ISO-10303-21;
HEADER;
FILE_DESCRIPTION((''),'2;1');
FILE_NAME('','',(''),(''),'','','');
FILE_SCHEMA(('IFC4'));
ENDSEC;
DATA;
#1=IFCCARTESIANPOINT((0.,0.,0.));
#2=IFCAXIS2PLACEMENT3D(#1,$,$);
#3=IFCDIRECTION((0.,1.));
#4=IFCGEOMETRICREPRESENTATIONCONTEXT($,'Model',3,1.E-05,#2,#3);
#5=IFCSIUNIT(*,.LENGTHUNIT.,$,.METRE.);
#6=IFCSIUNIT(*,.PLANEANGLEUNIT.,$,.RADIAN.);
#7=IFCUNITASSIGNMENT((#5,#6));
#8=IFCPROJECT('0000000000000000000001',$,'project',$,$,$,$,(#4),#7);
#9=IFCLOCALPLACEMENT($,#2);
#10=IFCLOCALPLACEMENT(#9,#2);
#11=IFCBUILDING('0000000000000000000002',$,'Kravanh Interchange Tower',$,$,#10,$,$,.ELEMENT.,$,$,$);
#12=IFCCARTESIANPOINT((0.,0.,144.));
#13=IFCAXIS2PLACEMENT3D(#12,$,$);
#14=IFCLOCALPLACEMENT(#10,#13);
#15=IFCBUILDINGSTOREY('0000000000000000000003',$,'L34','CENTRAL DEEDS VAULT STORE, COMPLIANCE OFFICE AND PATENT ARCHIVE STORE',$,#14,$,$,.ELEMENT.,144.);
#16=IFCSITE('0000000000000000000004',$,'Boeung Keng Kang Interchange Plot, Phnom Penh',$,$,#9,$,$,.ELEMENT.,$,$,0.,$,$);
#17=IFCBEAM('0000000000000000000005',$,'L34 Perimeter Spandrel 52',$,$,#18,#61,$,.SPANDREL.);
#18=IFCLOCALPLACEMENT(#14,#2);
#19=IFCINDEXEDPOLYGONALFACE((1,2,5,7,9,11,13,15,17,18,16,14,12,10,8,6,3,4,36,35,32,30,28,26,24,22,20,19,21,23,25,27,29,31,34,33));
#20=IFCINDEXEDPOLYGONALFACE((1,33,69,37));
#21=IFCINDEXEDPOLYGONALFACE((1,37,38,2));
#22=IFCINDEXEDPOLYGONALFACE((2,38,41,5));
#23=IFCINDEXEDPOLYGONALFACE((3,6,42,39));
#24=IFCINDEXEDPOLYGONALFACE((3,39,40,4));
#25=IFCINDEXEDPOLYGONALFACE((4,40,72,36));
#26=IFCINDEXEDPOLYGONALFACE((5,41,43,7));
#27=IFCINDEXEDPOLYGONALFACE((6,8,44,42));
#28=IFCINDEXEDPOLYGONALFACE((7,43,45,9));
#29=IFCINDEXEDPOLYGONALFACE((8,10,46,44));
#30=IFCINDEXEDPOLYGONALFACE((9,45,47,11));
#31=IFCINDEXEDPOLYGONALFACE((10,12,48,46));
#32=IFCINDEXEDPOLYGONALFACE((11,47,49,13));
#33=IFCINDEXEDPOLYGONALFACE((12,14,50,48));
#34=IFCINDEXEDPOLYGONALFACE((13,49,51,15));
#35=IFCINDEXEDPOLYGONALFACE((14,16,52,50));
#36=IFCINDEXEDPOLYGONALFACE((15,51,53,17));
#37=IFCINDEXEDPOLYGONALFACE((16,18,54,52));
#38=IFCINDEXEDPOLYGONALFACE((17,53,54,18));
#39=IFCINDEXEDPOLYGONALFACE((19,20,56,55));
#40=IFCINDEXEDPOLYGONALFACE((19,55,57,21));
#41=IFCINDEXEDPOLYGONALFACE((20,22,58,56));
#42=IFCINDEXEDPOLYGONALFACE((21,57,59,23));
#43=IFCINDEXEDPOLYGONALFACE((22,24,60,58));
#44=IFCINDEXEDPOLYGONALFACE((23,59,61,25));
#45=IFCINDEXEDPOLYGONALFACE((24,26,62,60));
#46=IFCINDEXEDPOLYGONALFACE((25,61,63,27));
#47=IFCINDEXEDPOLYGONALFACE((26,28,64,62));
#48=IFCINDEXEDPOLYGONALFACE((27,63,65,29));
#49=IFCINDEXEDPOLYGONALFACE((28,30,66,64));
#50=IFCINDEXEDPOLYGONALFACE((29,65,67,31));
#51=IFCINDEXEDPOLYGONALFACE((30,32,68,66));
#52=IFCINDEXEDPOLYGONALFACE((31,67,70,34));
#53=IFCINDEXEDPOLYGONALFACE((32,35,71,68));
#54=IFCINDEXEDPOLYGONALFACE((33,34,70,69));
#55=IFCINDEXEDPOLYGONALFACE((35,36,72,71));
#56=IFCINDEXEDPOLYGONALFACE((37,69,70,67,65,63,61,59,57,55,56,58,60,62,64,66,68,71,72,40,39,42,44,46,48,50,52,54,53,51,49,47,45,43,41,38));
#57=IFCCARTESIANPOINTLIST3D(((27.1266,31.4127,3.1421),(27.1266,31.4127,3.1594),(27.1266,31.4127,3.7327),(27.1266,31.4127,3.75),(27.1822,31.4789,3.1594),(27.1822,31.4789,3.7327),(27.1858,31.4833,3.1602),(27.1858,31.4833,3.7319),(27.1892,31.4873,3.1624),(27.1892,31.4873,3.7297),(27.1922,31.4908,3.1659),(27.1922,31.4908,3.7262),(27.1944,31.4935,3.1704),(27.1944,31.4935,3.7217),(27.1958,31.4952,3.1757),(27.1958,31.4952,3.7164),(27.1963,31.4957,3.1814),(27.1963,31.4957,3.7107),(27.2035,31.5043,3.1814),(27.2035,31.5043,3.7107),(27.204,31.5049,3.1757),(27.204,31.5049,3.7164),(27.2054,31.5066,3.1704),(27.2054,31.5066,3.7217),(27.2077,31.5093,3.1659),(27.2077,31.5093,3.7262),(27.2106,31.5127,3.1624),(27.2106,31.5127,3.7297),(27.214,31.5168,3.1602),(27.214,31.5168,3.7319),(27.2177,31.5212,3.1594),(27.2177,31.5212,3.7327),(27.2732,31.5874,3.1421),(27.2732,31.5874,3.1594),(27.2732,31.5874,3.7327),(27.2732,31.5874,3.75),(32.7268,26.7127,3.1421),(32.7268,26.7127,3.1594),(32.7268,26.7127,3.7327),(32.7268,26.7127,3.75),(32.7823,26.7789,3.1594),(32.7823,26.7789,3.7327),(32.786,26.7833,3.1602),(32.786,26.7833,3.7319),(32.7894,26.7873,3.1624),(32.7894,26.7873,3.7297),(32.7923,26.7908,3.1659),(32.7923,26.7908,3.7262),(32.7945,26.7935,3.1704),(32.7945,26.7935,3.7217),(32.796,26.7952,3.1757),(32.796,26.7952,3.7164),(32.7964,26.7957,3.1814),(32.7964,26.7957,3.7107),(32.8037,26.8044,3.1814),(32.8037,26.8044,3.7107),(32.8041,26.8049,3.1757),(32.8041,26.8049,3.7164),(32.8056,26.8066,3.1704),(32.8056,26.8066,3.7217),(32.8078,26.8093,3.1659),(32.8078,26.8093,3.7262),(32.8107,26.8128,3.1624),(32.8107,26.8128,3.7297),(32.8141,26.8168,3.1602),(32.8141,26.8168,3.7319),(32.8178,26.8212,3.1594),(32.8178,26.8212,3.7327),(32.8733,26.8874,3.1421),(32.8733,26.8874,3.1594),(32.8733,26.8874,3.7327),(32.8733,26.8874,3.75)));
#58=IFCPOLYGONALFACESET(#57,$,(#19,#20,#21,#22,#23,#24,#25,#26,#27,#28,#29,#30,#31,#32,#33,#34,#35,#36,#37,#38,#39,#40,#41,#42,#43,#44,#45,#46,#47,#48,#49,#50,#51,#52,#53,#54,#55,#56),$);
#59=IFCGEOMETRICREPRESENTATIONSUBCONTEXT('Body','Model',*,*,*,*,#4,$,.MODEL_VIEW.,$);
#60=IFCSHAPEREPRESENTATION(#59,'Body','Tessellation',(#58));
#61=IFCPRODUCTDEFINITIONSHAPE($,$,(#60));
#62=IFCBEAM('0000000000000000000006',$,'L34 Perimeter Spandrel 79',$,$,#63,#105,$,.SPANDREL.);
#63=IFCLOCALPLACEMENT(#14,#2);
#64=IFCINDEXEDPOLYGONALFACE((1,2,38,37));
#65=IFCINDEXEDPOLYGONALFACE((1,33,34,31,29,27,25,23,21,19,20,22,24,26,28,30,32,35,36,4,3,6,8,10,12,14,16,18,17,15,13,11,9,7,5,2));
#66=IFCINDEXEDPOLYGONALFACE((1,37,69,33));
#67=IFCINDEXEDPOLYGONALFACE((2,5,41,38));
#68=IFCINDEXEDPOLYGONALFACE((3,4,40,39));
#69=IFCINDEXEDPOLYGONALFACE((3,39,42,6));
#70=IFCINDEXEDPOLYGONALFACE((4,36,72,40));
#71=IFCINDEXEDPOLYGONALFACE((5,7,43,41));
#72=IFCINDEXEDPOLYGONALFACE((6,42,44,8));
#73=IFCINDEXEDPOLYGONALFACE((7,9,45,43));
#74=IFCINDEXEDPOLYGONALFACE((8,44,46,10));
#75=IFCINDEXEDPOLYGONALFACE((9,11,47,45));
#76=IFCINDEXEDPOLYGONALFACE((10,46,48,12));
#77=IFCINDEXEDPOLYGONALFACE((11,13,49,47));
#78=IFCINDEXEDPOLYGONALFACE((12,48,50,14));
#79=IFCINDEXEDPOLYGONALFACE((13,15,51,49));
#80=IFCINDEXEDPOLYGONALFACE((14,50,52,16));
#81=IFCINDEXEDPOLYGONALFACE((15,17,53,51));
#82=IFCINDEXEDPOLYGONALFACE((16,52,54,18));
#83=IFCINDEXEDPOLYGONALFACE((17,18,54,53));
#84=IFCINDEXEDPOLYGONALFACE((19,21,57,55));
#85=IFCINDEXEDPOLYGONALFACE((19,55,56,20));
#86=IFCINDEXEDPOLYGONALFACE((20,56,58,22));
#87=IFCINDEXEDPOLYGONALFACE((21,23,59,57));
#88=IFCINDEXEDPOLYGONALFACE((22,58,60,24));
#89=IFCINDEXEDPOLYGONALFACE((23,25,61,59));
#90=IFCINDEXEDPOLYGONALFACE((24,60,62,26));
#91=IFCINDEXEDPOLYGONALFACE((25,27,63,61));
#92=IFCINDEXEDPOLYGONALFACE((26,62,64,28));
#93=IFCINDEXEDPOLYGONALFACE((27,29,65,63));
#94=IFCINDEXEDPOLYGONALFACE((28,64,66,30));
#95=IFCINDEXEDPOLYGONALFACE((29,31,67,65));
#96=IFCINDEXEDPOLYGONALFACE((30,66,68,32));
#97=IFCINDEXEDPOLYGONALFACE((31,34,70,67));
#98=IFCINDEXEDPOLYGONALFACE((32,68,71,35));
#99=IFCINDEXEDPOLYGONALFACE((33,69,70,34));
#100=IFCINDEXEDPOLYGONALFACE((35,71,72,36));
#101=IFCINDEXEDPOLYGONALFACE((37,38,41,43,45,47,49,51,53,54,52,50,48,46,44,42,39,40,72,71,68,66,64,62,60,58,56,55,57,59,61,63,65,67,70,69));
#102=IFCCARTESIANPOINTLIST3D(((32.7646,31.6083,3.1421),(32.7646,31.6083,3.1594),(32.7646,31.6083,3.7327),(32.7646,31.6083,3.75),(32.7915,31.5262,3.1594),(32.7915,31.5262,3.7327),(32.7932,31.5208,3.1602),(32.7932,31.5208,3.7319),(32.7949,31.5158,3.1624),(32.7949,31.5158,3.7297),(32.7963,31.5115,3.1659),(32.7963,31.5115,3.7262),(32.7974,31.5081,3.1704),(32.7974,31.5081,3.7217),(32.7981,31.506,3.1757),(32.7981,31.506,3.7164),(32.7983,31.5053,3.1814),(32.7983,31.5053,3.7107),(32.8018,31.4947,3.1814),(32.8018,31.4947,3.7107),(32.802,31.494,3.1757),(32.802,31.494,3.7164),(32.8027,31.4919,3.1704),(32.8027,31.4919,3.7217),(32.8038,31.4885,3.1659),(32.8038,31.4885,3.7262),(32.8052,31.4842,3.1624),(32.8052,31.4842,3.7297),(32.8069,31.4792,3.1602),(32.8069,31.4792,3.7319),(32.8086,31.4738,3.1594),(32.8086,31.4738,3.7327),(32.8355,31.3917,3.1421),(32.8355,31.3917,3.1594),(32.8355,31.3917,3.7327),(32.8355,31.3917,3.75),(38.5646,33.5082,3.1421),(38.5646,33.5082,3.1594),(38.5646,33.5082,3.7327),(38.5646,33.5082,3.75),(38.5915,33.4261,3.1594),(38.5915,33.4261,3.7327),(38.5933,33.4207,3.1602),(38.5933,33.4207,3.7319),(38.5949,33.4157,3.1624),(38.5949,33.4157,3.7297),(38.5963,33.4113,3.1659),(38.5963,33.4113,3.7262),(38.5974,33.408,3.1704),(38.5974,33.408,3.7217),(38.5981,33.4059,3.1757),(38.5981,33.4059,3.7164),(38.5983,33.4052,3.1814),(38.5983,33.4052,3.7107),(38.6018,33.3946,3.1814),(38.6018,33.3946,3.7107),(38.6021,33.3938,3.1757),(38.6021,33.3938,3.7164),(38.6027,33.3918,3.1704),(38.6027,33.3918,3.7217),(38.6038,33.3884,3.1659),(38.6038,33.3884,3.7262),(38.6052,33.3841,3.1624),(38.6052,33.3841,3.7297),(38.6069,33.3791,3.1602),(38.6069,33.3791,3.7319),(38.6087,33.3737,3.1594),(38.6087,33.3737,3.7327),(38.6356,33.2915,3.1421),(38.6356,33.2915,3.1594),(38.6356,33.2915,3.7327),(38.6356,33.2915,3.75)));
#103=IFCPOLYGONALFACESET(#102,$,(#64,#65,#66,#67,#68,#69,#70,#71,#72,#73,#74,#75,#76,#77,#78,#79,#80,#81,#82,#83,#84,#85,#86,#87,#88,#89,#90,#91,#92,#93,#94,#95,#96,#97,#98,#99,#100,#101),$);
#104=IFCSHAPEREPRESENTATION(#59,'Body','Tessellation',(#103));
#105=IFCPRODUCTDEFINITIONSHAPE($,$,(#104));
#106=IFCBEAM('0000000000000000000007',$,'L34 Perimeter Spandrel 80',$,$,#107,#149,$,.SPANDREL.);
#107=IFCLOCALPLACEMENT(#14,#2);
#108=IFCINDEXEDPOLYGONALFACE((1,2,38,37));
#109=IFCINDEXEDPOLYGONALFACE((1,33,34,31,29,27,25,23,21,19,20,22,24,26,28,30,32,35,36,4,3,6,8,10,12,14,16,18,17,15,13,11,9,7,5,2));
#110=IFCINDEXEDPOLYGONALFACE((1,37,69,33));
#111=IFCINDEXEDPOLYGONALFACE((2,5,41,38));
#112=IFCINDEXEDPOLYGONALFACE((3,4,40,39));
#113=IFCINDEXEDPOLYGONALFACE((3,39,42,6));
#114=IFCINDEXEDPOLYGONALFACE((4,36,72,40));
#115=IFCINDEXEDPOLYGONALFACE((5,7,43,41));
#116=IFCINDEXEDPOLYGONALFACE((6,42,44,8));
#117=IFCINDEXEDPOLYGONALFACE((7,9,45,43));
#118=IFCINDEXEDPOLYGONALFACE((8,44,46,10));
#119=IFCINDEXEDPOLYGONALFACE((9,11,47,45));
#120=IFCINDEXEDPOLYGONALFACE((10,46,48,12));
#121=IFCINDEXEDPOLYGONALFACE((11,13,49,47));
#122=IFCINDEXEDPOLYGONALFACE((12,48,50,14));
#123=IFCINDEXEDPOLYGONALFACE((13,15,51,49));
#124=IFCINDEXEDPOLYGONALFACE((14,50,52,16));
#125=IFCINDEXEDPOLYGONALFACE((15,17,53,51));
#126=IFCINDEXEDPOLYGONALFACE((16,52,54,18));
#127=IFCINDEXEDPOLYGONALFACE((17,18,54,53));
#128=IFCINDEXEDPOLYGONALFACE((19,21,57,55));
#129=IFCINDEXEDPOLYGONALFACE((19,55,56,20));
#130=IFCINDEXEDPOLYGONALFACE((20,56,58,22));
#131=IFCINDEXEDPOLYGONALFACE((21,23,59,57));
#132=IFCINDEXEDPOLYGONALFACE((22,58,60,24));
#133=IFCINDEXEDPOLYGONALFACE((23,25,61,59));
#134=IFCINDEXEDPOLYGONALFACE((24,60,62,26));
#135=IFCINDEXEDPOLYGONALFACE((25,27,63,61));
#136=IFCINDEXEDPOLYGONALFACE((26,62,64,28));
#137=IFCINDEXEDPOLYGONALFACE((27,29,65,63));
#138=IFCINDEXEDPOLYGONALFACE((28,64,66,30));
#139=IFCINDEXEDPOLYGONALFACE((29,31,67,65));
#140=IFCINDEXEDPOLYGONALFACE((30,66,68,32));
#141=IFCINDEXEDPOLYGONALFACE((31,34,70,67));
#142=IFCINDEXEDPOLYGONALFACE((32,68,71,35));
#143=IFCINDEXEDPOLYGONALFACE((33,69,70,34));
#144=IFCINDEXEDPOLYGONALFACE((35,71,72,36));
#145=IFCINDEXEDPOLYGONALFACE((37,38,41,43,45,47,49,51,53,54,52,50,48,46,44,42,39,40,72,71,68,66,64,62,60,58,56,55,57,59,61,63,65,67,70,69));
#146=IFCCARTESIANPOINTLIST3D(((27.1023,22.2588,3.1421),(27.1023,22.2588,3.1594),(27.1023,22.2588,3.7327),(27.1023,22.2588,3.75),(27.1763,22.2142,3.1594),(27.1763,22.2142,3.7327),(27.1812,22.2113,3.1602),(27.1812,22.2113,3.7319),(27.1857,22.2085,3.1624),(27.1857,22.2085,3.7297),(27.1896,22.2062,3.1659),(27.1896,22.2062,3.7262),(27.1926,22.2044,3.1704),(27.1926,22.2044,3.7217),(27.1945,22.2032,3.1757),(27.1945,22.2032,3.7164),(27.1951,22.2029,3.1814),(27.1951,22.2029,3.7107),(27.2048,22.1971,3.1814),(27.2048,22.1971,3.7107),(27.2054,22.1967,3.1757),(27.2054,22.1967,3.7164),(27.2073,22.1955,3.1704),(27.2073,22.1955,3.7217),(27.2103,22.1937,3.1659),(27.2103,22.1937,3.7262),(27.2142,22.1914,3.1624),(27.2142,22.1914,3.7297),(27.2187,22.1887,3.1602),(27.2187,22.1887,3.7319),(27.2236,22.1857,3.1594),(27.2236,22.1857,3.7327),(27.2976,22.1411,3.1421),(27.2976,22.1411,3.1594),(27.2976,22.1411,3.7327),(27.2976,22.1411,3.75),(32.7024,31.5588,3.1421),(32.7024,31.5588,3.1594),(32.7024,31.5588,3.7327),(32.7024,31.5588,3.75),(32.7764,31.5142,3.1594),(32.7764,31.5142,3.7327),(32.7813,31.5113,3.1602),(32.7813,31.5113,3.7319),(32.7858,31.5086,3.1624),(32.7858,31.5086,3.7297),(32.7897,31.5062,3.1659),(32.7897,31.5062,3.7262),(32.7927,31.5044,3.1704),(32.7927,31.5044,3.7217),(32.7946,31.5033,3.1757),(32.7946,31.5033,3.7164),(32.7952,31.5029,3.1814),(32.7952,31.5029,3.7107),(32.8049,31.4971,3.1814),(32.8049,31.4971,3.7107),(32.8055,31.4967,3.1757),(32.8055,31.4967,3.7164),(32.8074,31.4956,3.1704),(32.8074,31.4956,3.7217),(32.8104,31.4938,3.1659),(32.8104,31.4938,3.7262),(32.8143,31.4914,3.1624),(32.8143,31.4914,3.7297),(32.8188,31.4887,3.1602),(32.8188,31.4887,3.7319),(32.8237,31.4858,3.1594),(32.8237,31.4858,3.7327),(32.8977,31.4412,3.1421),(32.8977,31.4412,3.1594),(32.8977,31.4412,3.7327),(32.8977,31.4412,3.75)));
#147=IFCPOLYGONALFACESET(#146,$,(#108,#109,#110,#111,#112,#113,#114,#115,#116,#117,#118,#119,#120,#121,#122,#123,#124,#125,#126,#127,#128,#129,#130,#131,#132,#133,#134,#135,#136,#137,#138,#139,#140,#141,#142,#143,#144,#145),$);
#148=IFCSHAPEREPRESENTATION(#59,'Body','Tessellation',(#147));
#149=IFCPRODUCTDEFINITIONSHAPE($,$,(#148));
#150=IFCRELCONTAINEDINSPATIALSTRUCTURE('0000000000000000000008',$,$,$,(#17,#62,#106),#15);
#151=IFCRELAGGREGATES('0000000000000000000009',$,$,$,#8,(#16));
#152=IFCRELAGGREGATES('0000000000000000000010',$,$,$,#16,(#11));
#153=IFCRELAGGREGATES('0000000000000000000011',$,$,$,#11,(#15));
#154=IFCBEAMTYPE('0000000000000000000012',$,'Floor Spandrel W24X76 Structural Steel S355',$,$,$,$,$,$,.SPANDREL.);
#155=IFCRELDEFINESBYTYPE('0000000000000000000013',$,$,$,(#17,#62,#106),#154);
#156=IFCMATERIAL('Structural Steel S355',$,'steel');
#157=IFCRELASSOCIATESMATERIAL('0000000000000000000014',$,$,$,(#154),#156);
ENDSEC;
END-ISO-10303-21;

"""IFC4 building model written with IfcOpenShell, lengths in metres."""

from ifc_helpers import new_model, si_unit, direction, frame, origin, origin_2d, place, context, subcontext, project, spatial, i_section, extrude, material, material_profile, profile_set, type_object, element, save


model = new_model("IFC4")

# Units and contexts
model_context = context("Model", 3, precision=1e-05, world=origin(), true_north=direction((0.0, 1.0)))
body_context = subcontext(model_context, "Body", "Model", "MODEL_VIEW")
ifc_project = project(units=[si_unit("LENGTHUNIT", "METRE"), si_unit("PLANEANGLEUNIT", "RADIAN")], contexts=[model_context])

# Site, building, storey
site_placement = place(None, origin())
site = spatial("IfcSite", under=ifc_project, at=site_placement, Name="Boeung Keng Kang Interchange Plot, Phnom Penh", CompositionType="ELEMENT", RefElevation=0.0)
building_placement = place(site_placement, origin())
building = spatial("IfcBuilding", under=site, at=building_placement, Name="Kravanh Interchange Tower", CompositionType="ELEMENT")
storey_placement = place(building_placement, frame((0.0, 0.0, 144.0)))
storey = spatial("IfcBuildingStorey", under=building, at=storey_placement, Name="L34", Description="CENTRAL DEEDS VAULT STORE, COMPLIANCE OFFICE AND PATENT ARCHIVE STORE", CompositionType="ELEMENT", Elevation=144.0)

# Beams
ifc_material_1 = material(Name="Structural Steel S355", Category="steel")
ifc_material_profile_1 = material_profile(ifc_material_1, i_section(OverallWidth=0.228, OverallDepth=0.6079, WebThickness=0.0112, FlangeThickness=0.0173, FilletRadius=0.022, at=origin_2d()), Name="W24X76")
ifc_profile_set_1 = profile_set([ifc_material_profile_1], Name="Structural Steel S355")
beam_type_1 = type_object("IfcBeamType", Name="Floor Spandrel W24X76 Structural Steel S355", PredefinedType="SPANDREL", material=ifc_profile_set_1)
beam_1_placement = place(storey_placement, frame((32.8, 26.8, 3.446), z_axis=(-0.765983, 0.642861, 0.0), x_axis=(-0.642861, -0.765983, 0.0)))
element("IfcBeam", 1, at=beam_1_placement, inside=storey, type_object=beam_type_1, Name="L34 Perimeter Spandrel 52", PredefinedType="SPANDREL", context=body_context, shape_type="SweptSolid", body=[
    extrude(i_section(OverallWidth=0.228, OverallDepth=0.6079, WebThickness=0.0112, FlangeThickness=0.0173, FilletRadius=0.022, at=origin_2d()), origin(), (0.0, 0.0, 1.0), 7.311),
])
beam_2_placement = place(storey_placement, frame((32.8, 31.5, 3.446), z_axis=(0.950315, 0.311291, 0.0), x_axis=(-0.311291, 0.950315, 0.0)))
element("IfcBeam", 2, at=beam_2_placement, inside=storey, type_object=beam_type_1, Name="L34 Perimeter Spandrel 79", PredefinedType="SPANDREL", context=body_context, shape_type="SweptSolid", body=[
    extrude(i_section(OverallWidth=0.228, OverallDepth=0.6079, WebThickness=0.0112, FlangeThickness=0.0173, FilletRadius=0.022, at=origin_2d()), origin(), (0.0, 0.0, 1.0), 6.1033),
])
beam_3_placement = place(storey_placement, frame((32.8, 31.5, 3.446), z_axis=(-0.515854, -0.856676, 0.0), x_axis=(0.856676, -0.515854, 0.0)))
element("IfcBeam", 3, at=beam_3_placement, inside=storey, type_object=beam_type_1, Name="L34 Perimeter Spandrel 80", PredefinedType="SPANDREL", context=body_context, shape_type="SweptSolid", body=[
    extrude(i_section(OverallWidth=0.228, OverallDepth=0.6079, WebThickness=0.0112, FlangeThickness=0.0173, FilletRadius=0.022, at=origin_2d()), origin(), (0.0, 0.0, 1.0), 10.856),
])

save(model, "model.ifc")
